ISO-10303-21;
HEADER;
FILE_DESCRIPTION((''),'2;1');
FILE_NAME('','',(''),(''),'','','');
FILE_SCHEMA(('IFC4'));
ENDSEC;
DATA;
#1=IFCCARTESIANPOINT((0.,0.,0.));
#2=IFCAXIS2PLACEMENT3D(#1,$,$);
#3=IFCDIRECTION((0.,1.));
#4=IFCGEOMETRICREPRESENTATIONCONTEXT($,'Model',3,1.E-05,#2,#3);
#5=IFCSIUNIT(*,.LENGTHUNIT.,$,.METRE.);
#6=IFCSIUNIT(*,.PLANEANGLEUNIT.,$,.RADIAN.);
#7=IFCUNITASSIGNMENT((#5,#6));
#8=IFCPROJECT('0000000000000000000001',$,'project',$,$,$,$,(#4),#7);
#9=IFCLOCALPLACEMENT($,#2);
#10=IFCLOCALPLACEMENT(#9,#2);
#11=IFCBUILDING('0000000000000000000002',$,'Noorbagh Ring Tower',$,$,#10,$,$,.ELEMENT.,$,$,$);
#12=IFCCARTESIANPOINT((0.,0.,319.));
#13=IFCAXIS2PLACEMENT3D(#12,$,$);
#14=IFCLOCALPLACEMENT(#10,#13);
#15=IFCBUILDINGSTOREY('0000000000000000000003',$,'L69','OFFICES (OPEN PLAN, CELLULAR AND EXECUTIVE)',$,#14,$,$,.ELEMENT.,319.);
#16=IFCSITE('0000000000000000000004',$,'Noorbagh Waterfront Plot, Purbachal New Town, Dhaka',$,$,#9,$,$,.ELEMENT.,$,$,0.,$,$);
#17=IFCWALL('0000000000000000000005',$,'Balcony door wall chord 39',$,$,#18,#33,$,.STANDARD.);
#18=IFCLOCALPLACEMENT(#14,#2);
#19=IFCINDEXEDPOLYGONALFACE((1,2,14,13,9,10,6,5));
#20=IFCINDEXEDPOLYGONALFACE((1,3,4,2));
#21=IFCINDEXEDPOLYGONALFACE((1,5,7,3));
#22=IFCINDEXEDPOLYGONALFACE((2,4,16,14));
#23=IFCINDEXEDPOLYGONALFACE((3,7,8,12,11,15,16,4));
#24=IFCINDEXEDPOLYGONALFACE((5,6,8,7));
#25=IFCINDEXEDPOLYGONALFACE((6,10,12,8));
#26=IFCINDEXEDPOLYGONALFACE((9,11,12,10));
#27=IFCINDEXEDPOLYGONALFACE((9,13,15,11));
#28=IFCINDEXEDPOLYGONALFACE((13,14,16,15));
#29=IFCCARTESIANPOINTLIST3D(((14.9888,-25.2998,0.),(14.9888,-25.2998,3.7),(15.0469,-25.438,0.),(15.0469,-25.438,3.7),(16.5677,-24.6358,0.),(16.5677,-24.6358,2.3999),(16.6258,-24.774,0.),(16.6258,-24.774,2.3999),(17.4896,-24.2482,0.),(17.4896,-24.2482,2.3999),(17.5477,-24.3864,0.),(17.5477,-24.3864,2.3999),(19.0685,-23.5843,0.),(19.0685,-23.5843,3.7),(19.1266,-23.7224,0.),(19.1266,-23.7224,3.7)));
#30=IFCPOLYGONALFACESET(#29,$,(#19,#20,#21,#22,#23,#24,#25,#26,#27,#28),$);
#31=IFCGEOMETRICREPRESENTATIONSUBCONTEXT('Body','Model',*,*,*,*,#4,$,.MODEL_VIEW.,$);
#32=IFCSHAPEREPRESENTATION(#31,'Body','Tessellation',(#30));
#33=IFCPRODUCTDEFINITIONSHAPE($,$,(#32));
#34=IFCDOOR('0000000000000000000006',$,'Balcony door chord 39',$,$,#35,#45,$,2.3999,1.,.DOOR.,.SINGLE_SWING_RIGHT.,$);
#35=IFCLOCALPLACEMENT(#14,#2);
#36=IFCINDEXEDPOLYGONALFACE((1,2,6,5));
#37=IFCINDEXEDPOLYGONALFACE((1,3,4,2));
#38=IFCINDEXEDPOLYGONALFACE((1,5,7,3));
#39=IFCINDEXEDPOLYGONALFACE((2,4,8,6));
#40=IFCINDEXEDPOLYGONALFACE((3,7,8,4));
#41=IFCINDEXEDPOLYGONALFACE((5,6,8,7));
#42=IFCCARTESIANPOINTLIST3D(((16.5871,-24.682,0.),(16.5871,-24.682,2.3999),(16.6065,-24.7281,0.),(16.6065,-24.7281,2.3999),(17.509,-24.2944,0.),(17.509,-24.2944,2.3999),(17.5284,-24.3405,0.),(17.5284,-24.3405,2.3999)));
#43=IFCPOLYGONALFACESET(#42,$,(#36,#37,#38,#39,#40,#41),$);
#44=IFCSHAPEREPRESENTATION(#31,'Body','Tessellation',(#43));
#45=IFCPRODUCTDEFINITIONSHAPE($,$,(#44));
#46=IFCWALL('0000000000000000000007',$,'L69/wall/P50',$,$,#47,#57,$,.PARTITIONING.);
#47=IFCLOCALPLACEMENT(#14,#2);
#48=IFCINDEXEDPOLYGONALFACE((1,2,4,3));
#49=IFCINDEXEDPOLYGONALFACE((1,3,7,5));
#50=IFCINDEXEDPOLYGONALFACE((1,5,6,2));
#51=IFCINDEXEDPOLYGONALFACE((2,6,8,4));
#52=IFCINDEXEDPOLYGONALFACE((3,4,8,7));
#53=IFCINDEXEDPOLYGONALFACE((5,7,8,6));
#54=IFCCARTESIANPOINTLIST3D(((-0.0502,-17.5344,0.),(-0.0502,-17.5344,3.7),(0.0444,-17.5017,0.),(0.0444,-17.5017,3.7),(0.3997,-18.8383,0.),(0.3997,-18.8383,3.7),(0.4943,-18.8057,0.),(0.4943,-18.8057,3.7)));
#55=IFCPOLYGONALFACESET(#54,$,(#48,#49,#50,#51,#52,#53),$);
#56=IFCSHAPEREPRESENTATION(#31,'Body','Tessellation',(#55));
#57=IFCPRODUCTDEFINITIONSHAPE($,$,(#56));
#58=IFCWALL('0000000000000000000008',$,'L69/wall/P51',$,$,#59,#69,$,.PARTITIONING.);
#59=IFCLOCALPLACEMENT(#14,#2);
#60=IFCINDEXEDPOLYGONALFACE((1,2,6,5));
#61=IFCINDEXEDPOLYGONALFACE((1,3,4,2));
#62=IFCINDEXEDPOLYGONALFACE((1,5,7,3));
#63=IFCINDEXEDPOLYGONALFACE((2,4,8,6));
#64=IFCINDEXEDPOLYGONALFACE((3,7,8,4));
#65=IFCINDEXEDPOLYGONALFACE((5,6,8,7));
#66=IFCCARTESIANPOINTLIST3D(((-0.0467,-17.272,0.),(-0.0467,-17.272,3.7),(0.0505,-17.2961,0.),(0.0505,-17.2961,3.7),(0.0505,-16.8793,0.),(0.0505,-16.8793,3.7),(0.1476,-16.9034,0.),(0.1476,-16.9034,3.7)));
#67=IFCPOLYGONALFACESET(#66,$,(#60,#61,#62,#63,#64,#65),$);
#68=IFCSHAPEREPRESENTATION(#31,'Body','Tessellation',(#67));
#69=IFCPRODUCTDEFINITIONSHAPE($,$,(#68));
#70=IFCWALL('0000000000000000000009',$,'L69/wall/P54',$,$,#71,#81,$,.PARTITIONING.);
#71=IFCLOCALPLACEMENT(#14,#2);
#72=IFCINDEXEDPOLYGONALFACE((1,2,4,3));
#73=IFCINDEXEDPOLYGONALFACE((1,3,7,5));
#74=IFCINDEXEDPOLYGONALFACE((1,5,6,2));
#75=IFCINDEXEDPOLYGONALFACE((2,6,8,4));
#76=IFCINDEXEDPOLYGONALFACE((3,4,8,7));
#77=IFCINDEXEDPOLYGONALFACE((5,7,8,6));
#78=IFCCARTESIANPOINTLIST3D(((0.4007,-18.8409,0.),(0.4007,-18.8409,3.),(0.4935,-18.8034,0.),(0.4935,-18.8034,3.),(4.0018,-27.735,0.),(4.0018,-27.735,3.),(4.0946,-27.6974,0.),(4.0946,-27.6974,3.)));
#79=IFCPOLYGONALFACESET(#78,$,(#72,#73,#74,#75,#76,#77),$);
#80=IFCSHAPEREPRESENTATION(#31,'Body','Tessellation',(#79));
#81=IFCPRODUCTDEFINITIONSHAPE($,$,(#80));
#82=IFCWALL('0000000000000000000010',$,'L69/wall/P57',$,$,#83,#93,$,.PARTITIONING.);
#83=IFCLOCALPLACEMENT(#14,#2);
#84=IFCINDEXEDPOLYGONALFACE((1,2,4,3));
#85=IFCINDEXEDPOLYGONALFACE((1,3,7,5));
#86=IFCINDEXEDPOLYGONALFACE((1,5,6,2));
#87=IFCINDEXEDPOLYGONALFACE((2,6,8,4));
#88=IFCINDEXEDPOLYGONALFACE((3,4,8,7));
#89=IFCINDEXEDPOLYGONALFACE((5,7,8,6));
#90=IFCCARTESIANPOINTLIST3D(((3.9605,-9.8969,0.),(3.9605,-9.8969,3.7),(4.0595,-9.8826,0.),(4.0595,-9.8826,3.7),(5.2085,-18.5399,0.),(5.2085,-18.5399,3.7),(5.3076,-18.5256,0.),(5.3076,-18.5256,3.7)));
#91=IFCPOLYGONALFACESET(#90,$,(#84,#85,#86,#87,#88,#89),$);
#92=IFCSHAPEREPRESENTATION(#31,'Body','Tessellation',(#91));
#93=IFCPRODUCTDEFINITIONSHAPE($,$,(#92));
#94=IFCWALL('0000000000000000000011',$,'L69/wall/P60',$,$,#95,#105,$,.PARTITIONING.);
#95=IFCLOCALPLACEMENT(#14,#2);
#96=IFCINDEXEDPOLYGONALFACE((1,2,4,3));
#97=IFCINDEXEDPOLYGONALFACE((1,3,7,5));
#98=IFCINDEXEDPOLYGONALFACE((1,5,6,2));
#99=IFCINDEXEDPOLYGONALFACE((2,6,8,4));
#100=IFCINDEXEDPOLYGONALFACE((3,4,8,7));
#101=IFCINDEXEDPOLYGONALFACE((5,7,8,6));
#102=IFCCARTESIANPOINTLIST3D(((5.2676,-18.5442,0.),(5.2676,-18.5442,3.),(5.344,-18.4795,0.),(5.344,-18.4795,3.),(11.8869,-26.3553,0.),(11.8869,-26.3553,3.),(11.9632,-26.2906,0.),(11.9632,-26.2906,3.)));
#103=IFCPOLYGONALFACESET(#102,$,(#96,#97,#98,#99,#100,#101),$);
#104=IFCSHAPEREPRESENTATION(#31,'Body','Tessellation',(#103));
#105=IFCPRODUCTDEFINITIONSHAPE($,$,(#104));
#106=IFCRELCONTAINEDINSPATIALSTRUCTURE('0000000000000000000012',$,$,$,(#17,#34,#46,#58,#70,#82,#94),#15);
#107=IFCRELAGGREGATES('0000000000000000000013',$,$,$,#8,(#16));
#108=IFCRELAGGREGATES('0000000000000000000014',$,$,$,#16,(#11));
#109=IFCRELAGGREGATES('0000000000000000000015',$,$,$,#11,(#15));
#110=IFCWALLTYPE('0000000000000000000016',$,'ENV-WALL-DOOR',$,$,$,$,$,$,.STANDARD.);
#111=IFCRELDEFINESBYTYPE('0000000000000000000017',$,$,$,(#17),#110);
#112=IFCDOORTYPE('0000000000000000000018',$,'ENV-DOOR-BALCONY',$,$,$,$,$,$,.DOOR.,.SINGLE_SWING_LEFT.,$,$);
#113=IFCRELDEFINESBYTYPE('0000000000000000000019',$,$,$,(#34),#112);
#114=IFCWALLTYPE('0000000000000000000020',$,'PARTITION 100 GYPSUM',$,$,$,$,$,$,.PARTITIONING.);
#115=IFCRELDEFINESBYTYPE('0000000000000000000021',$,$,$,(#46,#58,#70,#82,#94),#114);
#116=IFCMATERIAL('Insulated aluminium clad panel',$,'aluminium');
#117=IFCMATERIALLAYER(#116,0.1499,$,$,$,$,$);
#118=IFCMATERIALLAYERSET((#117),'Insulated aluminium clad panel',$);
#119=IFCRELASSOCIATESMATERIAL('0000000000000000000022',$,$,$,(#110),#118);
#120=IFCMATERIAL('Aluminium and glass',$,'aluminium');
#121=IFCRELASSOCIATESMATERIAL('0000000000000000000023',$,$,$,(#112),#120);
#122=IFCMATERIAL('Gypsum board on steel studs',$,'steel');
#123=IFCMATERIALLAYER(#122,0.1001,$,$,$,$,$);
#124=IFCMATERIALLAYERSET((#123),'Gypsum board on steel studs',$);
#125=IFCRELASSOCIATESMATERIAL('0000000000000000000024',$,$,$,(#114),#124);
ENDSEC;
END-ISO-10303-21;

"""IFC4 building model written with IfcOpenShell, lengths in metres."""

from ifc_helpers import new_model, si_unit, direction, frame, frame_2d, origin, place, context, subcontext, project, spatial, rectangle, extrude, material, layer, layer_set, type_object, element, fill, save


model = new_model("IFC4")

# Units and contexts
model_context = context("Model", 3, precision=1e-05, world=origin(), true_north=direction((0.0, 1.0)))
body_context = subcontext(model_context, "Body", "Model", "MODEL_VIEW")
ifc_project = project(units=[si_unit("LENGTHUNIT", "METRE"), si_unit("PLANEANGLEUNIT", "RADIAN")], contexts=[model_context])

# Site, building, storey
site_placement = place(None, origin())
site = spatial("IfcSite", under=ifc_project, at=site_placement, Name="Noorbagh Waterfront Plot, Purbachal New Town, Dhaka", CompositionType="ELEMENT", RefElevation=0.0)
building_placement = place(site_placement, origin())
building = spatial("IfcBuilding", under=site, at=building_placement, Name="Noorbagh Ring Tower", CompositionType="ELEMENT")
storey_placement = place(building_placement, frame((0.0, 0.0, 319.0)))
storey = spatial("IfcBuildingStorey", under=building, at=storey_placement, Name="L69", Description="OFFICES (OPEN PLAN, CELLULAR AND EXECUTIVE)", CompositionType="ELEMENT", Elevation=319.0)

# Wall, opening, door
ifc_material_1 = material(Name="Insulated aluminium clad panel", Category="aluminium")
ifc_layer_1 = layer(ifc_material_1, 0.1499)
ifc_layer_set_1 = layer_set([ifc_layer_1], Name="Insulated aluminium clad panel")
wall_type_1 = type_object("IfcWallType", Name="ENV-WALL-DOOR", PredefinedType="STANDARD", material=ifc_layer_set_1)
wall_1_placement = place(storey_placement, frame((15.0178, -25.3689, 0.0), z_axis=(0.0, 0.0, 1.0), x_axis=(0.921817, 0.387625, 0.0)))
wall_1 = element("IfcWall", 1, at=wall_1_placement, inside=storey, type_object=wall_type_1, Name="Balcony door wall chord 39", PredefinedType="STANDARD", context=body_context, shape_type="SweptSolid", body=[
    extrude(rectangle(XDim=4.4258, YDim=0.1499, at=frame_2d((2.2129, 0.0))), origin(), (0.0, 0.0, 1.0), 3.7),
])
opening_placement = place(wall_1_placement, frame((1.7129, 0.0, 0.0)))
opening = element("IfcOpeningElement", 2, at=opening_placement, cuts=wall_1, PredefinedType="OPENING", context=body_context, shape_type="SweptSolid", body=[
    extrude(rectangle(XDim=1.0, YDim=2.3999, at=frame_2d((0.5, 1.2))), frame((0.0, 0.085, 0.0), z_axis=(0.0, -1.0, 0.0), x_axis=(1.0, 0.0, 0.0)), (0.0, 0.0, 1.0), 0.1699),
])
ifc_material_2 = material(Name="Aluminium and glass", Category="aluminium")
door_type = type_object("IfcDoorType", Name="ENV-DOOR-BALCONY", OperationType="SINGLE_SWING_LEFT", PredefinedType="DOOR", material=ifc_material_2)
door_placement = place(opening_placement, origin())
door = element("IfcDoor", 3, at=door_placement, inside=storey, type_object=door_type, Name="Balcony door chord 39", OperationType="SINGLE_SWING_RIGHT", OverallHeight=2.3999, OverallWidth=1.0, PredefinedType="DOOR", context=body_context, shape_type="SweptSolid", body=[
    extrude(rectangle(XDim=1.0, YDim=2.3999, at=frame_2d((0.5, 1.2))), frame((0.0, 0.0249, 0.0), z_axis=(0.0, -1.0, 0.0), x_axis=(1.0, 0.0, 0.0)), (0.0, 0.0, 1.0), 0.05),
])
fill(opening, door)

# Walls
ifc_material_3 = material(Name="Gypsum board on steel studs", Category="steel")
ifc_layer_2 = layer(ifc_material_3, 0.1001)
ifc_layer_set_2 = layer_set([ifc_layer_2], Name="Gypsum board on steel studs")
wall_type_2 = type_object("IfcWallType", Name="PARTITION 100 GYPSUM", PredefinedType="PARTITIONING", material=ifc_layer_set_2)
wall_2_placement = place(storey_placement, frame((-0.0029, -17.5181, 0.0), z_axis=(0.0, 0.0, 1.0), x_axis=(0.326192, -0.945303, 0.0)))
element("IfcWall", 4, at=wall_2_placement, inside=storey, type_object=wall_type_2, Name="L69/wall/P50", PredefinedType="PARTITIONING", context=body_context, shape_type="SweptSolid", body=[
    extrude(rectangle(XDim=1.3794, YDim=0.1001, at=frame_2d((0.6897, 0.0))), origin(), (0.0, 0.0, 1.0), 3.7),
])
wall_3_placement = place(storey_placement, frame((0.002, -17.2839, 0.0), z_axis=(0.0, 0.0, 1.0), x_axis=(0.240122, 0.970743, 0.0)))
element("IfcWall", 5, at=wall_3_placement, inside=storey, type_object=wall_type_2, Name="L69/wall/P51", PredefinedType="PARTITIONING", context=body_context, shape_type="SweptSolid", body=[
    extrude(rectangle(XDim=0.4045, YDim=0.1001, at=frame_2d((0.2021, 0.0))), origin(), (0.0, 0.0, 1.0), 3.7),
])
wall_4_placement = place(storey_placement, frame((0.447, -18.822, 0.0), z_axis=(0.0, 0.0, 1.0), x_axis=(0.375292, -0.926907, 0.0)))
element("IfcWall", 6, at=wall_4_placement, inside=storey, type_object=wall_type_2, Name="L69/wall/P54", PredefinedType="PARTITIONING", context=body_context, shape_type="SweptSolid", body=[
    extrude(rectangle(XDim=9.5955, YDim=0.1001, at=frame_2d((4.7979, 0.0))), origin(), (0.0, 0.0, 1.0), 3.0),
])
wall_5_placement = place(storey_placement, frame((4.01, -9.8899, 0.0), z_axis=(0.0, 0.0, 1.0), x_axis=(0.142916, -0.989735, 0.0)))
element("IfcWall", 7, at=wall_5_placement, inside=storey, type_object=wall_type_2, Name="L69/wall/P57", PredefinedType="PARTITIONING", context=body_context, shape_type="SweptSolid", body=[
    extrude(rectangle(XDim=8.7327, YDim=0.1001, at=frame_2d((4.3662, 0.0))), origin(), (0.0, 0.0, 1.0), 3.7),
])
wall_6_placement = place(storey_placement, frame((5.3059, -18.512, 0.0), z_axis=(0.0, 0.0, 1.0), x_axis=(0.6465, -0.762914, 0.0)))
element("IfcWall", 8, at=wall_6_placement, inside=storey, type_object=wall_type_2, Name="L69/wall/P60", PredefinedType="PARTITIONING", context=body_context, shape_type="SweptSolid", body=[
    extrude(rectangle(XDim=10.2385, YDim=0.1001, at=frame_2d((5.1191, 0.0))), origin(), (0.0, 0.0, 1.0), 3.0),
])

save(model, "model.ifc")
